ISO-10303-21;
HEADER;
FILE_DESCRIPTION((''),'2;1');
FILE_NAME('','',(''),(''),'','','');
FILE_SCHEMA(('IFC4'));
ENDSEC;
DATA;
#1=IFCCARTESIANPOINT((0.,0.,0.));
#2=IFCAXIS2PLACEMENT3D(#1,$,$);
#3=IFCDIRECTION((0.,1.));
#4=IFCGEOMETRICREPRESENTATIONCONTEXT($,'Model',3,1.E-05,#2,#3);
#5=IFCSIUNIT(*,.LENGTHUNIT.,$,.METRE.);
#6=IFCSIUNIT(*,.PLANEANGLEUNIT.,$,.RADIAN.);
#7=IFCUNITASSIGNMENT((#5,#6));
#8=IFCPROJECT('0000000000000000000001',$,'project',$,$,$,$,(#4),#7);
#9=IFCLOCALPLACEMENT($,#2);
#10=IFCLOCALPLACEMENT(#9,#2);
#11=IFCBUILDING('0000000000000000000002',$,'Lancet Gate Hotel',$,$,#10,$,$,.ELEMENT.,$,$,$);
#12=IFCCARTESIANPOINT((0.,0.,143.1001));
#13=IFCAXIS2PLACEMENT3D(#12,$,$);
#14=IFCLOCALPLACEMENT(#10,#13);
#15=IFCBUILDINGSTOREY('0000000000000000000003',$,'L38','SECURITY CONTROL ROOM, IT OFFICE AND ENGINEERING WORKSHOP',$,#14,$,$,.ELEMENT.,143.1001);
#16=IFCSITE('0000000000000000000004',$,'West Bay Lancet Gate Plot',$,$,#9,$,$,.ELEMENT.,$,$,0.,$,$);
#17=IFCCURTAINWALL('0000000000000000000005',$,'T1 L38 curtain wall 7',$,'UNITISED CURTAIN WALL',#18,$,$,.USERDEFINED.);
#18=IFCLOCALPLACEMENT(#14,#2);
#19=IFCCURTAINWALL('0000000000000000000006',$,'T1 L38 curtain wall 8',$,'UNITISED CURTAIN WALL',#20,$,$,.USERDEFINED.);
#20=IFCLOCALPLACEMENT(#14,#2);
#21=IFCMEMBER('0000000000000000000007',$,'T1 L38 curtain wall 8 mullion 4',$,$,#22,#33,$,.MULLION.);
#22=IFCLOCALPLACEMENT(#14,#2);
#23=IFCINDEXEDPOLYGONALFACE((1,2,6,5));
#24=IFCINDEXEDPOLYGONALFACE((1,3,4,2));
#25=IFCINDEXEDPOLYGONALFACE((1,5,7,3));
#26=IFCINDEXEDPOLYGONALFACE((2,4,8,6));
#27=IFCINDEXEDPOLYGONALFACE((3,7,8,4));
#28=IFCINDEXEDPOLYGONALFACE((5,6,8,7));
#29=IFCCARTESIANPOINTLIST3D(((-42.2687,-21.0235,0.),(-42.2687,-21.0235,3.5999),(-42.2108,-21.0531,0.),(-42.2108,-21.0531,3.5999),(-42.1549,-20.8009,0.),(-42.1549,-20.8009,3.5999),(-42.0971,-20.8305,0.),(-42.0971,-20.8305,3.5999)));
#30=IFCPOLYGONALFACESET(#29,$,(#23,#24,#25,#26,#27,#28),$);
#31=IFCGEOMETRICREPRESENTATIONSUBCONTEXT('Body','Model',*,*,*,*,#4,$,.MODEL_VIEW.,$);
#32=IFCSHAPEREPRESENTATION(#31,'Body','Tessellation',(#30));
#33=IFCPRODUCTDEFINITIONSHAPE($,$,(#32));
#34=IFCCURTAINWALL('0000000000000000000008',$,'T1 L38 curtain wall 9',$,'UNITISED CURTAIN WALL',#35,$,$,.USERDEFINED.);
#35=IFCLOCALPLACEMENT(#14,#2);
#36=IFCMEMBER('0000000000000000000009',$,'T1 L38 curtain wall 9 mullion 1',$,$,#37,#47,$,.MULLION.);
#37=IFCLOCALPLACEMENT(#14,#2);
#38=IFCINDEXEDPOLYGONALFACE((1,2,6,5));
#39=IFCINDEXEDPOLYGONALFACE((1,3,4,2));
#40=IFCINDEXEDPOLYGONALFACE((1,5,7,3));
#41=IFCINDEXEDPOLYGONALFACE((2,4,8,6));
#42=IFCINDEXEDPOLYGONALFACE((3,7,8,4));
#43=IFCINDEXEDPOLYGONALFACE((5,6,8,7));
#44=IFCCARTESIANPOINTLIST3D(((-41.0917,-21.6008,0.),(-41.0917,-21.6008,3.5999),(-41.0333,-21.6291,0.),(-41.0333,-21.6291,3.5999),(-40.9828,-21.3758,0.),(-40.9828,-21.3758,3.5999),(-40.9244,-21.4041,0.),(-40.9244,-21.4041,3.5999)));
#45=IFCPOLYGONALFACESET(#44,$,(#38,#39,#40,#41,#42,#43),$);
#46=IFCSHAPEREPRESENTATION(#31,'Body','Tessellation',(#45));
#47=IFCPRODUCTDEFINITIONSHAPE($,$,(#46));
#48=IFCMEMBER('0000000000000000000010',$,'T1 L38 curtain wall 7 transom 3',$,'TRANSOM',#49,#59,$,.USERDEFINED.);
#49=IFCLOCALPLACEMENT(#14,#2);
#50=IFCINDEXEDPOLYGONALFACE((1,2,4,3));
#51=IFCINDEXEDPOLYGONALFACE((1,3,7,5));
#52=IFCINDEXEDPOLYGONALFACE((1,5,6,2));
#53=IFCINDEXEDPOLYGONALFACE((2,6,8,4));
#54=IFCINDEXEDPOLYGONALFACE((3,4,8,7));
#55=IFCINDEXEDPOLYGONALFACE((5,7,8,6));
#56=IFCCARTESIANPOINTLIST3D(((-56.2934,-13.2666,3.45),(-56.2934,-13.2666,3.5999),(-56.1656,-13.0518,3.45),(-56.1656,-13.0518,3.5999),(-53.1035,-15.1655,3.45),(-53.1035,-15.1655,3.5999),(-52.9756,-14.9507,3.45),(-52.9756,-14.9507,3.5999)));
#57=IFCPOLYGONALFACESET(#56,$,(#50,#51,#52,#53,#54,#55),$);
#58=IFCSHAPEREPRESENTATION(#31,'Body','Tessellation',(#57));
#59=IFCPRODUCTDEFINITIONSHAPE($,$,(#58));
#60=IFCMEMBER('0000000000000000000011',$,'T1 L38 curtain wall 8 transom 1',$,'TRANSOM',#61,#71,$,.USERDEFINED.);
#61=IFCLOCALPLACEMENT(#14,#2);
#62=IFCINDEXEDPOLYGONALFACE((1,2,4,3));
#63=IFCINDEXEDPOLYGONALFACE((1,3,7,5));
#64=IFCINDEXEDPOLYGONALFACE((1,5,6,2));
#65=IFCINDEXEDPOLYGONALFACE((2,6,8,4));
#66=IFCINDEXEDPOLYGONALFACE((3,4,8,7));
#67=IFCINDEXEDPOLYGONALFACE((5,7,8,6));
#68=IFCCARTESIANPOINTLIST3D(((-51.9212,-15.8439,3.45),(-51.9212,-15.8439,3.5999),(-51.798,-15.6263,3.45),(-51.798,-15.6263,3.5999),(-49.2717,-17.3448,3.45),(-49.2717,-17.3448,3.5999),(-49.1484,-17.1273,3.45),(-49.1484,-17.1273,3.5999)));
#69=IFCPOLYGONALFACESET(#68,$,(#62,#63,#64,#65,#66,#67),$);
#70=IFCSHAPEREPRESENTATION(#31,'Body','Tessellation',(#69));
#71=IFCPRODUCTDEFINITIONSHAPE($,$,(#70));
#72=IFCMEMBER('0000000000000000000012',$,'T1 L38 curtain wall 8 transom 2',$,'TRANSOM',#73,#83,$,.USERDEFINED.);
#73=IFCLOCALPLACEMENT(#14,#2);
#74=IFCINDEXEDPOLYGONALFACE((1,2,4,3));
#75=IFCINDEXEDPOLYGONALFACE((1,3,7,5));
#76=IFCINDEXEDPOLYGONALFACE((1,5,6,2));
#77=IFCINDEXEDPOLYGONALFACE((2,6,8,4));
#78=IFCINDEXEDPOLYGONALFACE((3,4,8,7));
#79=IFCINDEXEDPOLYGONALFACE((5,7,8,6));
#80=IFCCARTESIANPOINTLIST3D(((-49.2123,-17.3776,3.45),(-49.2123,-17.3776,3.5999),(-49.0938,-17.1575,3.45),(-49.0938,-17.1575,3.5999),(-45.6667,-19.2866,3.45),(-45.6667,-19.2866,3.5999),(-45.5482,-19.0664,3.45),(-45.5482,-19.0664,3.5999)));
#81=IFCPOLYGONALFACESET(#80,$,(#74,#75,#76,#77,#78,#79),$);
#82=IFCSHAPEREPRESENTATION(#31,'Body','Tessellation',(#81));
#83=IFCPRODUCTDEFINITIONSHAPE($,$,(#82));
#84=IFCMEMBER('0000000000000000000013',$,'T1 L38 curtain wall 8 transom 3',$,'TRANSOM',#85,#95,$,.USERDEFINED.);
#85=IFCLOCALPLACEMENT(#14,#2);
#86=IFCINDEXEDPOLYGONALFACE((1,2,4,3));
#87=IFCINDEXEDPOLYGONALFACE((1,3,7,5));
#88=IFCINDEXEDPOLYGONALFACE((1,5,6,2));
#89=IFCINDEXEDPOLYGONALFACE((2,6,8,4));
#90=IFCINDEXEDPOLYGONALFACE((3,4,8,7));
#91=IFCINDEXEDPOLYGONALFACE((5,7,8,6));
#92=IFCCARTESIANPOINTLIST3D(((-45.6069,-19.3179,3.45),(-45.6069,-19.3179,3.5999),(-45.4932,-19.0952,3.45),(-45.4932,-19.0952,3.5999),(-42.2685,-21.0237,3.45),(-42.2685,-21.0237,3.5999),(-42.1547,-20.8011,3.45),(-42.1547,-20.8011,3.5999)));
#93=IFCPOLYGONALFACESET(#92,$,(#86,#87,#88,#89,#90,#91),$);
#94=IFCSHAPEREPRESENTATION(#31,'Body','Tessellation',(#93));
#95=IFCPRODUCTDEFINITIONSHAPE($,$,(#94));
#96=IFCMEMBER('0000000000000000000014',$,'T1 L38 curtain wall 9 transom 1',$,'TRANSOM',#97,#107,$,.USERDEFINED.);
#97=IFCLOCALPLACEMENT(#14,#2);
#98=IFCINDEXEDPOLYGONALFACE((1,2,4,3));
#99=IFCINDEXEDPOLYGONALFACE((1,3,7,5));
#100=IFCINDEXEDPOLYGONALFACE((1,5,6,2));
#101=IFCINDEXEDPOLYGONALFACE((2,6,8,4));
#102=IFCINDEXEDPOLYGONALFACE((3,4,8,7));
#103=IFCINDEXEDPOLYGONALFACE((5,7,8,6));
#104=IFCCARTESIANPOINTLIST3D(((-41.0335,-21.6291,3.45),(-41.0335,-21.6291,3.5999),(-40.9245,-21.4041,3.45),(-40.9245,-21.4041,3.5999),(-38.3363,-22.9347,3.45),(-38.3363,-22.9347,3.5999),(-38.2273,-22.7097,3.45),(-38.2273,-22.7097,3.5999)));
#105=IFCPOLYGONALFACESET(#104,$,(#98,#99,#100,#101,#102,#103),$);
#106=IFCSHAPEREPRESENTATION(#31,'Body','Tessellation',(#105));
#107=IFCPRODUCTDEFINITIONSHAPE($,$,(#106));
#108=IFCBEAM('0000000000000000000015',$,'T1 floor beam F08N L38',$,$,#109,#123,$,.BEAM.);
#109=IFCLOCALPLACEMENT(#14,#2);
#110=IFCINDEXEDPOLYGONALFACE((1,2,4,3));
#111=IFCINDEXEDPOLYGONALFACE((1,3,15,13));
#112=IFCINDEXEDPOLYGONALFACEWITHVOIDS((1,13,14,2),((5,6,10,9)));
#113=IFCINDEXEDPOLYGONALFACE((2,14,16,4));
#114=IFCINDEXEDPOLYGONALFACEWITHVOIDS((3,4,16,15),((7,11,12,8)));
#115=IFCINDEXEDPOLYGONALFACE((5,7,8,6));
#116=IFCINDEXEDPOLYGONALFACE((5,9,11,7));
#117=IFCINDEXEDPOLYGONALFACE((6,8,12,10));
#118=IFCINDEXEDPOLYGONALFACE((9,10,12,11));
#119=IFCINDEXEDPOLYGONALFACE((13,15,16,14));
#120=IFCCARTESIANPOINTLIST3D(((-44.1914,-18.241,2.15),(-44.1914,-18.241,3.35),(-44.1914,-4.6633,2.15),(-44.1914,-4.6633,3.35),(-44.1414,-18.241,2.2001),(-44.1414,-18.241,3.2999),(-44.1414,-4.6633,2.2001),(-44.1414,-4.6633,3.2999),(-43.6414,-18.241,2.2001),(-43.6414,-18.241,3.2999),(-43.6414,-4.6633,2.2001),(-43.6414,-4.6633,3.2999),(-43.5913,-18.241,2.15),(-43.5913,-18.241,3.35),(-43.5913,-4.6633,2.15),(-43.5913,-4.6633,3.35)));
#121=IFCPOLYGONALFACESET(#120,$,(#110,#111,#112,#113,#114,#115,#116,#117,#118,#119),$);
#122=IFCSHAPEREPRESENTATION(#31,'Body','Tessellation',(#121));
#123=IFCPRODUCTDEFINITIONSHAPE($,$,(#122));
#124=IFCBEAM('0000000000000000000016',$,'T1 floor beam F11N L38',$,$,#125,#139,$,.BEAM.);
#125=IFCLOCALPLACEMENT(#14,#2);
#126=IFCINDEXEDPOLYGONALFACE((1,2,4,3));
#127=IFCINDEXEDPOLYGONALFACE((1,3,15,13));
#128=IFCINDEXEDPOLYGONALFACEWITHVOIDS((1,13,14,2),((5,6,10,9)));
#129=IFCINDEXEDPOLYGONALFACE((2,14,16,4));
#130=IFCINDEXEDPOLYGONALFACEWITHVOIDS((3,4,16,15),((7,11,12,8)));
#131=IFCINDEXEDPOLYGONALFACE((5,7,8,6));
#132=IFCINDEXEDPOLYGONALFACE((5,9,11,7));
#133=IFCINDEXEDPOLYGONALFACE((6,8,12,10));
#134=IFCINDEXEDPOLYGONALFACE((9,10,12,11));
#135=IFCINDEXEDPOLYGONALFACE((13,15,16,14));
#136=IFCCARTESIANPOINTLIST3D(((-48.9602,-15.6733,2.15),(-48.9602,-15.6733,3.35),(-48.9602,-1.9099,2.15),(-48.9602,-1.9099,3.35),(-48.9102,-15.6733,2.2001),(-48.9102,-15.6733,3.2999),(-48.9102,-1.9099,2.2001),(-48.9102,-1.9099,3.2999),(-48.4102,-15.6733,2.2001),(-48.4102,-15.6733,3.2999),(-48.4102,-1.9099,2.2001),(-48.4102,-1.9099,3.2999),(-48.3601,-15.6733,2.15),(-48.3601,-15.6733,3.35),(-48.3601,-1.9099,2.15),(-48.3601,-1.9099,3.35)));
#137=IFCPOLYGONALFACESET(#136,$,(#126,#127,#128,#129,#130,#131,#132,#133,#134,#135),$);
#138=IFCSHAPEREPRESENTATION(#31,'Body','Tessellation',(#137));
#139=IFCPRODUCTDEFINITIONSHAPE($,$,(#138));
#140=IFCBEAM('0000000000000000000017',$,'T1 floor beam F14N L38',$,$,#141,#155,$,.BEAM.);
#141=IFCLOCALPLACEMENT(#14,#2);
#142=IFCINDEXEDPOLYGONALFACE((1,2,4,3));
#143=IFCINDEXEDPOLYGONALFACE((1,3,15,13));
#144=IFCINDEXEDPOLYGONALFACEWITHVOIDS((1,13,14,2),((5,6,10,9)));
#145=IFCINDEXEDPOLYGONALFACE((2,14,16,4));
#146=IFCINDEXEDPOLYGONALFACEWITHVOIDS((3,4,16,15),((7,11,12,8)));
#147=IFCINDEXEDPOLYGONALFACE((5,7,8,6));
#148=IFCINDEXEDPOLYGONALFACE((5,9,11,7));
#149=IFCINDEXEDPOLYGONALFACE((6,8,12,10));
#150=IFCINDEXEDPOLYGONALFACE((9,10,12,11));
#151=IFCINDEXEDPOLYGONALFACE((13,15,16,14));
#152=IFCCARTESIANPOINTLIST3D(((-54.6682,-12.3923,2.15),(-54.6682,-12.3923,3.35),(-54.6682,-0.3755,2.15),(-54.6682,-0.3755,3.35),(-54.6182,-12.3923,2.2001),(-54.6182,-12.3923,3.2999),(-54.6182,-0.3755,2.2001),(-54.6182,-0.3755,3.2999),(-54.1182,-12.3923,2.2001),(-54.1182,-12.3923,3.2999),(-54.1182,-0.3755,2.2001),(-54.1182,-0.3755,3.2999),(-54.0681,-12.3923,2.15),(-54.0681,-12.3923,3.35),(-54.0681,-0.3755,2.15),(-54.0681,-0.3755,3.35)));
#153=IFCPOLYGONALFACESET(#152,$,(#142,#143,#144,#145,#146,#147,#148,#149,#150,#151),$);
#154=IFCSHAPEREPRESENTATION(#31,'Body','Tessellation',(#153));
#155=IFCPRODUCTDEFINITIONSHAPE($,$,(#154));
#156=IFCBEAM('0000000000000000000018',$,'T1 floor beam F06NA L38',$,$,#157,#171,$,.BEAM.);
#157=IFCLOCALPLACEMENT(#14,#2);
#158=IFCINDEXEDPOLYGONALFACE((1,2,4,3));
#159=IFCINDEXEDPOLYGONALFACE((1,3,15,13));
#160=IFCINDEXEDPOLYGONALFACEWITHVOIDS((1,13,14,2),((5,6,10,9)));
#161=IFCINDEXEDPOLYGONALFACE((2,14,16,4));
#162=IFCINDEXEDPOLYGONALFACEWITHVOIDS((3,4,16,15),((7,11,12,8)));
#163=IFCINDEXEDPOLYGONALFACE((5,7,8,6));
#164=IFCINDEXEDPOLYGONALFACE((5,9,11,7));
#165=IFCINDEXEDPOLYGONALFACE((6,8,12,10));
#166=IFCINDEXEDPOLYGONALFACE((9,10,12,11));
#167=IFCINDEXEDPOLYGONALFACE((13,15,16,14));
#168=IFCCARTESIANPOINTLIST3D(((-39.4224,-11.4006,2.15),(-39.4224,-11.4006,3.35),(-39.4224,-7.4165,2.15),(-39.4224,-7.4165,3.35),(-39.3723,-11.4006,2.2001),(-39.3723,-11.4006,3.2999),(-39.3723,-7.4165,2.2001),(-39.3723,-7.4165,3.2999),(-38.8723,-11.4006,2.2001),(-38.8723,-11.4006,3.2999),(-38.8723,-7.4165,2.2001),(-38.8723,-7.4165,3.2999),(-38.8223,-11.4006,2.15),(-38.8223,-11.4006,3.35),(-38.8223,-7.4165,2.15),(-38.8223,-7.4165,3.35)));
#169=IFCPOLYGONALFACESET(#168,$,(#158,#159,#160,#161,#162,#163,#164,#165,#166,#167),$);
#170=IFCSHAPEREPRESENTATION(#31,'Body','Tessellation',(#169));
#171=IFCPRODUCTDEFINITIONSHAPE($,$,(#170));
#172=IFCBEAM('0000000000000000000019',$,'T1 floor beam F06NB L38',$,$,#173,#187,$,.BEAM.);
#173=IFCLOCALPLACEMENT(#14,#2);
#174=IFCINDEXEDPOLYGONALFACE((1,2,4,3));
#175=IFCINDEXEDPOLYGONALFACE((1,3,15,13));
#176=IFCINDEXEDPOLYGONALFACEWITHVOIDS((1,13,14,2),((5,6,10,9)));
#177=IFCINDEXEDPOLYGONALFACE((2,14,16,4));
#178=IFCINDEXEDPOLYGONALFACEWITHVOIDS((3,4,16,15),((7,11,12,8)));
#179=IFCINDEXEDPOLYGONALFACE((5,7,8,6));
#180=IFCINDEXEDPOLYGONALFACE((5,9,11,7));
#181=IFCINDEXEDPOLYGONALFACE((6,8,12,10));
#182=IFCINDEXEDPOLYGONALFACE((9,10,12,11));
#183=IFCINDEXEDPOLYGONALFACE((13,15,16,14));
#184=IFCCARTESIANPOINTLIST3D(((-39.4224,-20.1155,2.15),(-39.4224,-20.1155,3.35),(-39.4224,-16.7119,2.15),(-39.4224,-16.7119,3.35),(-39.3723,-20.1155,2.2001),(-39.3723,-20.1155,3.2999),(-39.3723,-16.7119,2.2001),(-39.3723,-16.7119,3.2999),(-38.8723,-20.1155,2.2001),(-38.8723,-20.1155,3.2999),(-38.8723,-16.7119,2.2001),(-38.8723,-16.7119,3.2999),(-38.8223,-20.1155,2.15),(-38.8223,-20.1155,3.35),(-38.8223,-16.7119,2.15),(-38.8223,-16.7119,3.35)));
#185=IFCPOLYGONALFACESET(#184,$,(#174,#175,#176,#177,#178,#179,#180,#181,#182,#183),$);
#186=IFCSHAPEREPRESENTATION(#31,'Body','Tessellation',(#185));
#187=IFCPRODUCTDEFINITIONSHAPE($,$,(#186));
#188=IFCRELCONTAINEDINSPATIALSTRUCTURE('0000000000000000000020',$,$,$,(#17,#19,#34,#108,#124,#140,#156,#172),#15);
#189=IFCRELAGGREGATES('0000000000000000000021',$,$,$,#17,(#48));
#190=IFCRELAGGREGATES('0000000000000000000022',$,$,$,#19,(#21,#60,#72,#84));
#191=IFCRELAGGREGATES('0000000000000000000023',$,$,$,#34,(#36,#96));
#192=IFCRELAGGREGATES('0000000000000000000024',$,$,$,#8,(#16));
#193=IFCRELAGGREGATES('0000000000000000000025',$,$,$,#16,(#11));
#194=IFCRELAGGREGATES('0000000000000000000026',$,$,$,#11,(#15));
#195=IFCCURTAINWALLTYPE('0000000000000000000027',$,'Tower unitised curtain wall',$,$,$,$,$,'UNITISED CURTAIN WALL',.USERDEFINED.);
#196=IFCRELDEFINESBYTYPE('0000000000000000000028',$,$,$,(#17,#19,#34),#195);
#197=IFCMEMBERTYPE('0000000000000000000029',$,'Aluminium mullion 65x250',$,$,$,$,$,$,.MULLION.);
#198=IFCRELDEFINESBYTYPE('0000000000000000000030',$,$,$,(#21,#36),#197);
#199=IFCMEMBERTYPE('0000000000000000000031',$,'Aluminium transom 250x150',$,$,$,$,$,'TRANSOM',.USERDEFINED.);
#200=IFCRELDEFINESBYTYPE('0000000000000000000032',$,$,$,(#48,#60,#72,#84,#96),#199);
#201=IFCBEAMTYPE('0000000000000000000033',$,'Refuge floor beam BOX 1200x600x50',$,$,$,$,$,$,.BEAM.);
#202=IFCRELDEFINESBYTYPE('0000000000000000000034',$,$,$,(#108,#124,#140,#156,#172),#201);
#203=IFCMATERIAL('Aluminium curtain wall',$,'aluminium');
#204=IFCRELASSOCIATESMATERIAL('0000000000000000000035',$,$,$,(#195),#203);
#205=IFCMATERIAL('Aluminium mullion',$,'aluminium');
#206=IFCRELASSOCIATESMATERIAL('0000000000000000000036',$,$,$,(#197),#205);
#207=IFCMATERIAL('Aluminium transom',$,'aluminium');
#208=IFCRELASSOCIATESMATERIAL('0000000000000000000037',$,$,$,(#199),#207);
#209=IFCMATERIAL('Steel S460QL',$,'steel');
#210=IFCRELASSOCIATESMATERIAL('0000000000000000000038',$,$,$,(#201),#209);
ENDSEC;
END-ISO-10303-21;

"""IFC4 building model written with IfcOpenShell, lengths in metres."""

from ifc_helpers import new_model, si_unit, direction, frame, origin, origin_2d, place, context, subcontext, project, spatial, rectangle, hollow_rectangle, extrude, material, material_profile, profile_set, type_object, element, aggregate, save


model = new_model("IFC4")

# Units and contexts
model_context = context("Model", 3, precision=1e-05, world=origin(), true_north=direction((0.0, 1.0)))
body_context = subcontext(model_context, "Body", "Model", "MODEL_VIEW")
ifc_project = project(units=[si_unit("LENGTHUNIT", "METRE"), si_unit("PLANEANGLEUNIT", "RADIAN")], contexts=[model_context])

# Site, building, storey
site_placement = place(None, origin())
site = spatial("IfcSite", under=ifc_project, at=site_placement, Name="West Bay Lancet Gate Plot", CompositionType="ELEMENT", RefElevation=0.0)
building_placement = place(site_placement, origin())
building = spatial("IfcBuilding", under=site, at=building_placement, Name="Lancet Gate Hotel", CompositionType="ELEMENT")
storey_placement = place(building_placement, frame((0.0, 0.0, 143.1001)))
storey = spatial("IfcBuildingStorey", under=building, at=storey_placement, Name="L38", Description="SECURITY CONTROL ROOM, IT OFFICE AND ENGINEERING WORKSHOP", CompositionType="ELEMENT", Elevation=143.1001)

# Curtain walls, member
ifc_material_1 = material(Name="Aluminium curtain wall", Category="aluminium")
curtain_wall_type = type_object("IfcCurtainWallType", Name="Tower unitised curtain wall", ElementType="UNITISED CURTAIN WALL", PredefinedType="USERDEFINED", material=ifc_material_1)
curtain_wall_1_placement = place(storey_placement, origin())
curtain_wall_1 = element("IfcCurtainWall", 1, at=curtain_wall_1_placement, inside=storey, type_object=curtain_wall_type, Name="T1 L38 curtain wall 7", ObjectType="UNITISED CURTAIN WALL", PredefinedType="USERDEFINED")
ifc_material_2 = material(Name="Aluminium mullion", Category="aluminium")
ifc_material_profile_1 = material_profile(ifc_material_2, rectangle(XDim=0.0649, YDim=0.25, at=origin_2d()), Name="MULLION 65x250")
ifc_profile_set_1 = profile_set([ifc_material_profile_1], Name="Aluminium mullion")
member_type_1 = type_object("IfcMemberType", Name="Aluminium mullion 65x250", PredefinedType="MULLION", material=ifc_profile_set_1)
curtain_wall_2_placement = place(storey_placement, origin())
curtain_wall_2 = element("IfcCurtainWall", 2, at=curtain_wall_2_placement, inside=storey, type_object=curtain_wall_type, Name="T1 L38 curtain wall 8", ObjectType="UNITISED CURTAIN WALL", PredefinedType="USERDEFINED")
member_1_placement = place(storey_placement, frame((-42.1829, -20.927, 0.0), z_axis=(0.0, 0.0, 1.0), x_axis=(0.890493, -0.454996, 0.0)))
member_1 = element("IfcMember", 3, at=member_1_placement, type_object=member_type_1, Name="T1 L38 curtain wall 8 mullion 4", PredefinedType="MULLION", context=body_context, shape_type="SweptSolid", body=[
    extrude(rectangle(XDim=0.0649, YDim=0.25, at=origin_2d()), origin(), (0.0, 0.0, 1.0), 3.5999),
])

# Curtain wall, member
curtain_wall_3_placement = place(storey_placement, origin())
curtain_wall_3 = element("IfcCurtainWall", 4, at=curtain_wall_3_placement, inside=storey, type_object=curtain_wall_type, Name="T1 L38 curtain wall 9", ObjectType="UNITISED CURTAIN WALL", PredefinedType="USERDEFINED")
member_2_placement = place(storey_placement, frame((-41.0081, -21.5024, 0.0), z_axis=(0.0, 0.0, 1.0), x_axis=(0.900082, -0.435721, 0.0)))
member_2 = element("IfcMember", 5, at=member_2_placement, type_object=member_type_1, Name="T1 L38 curtain wall 9 mullion 1", PredefinedType="MULLION", context=body_context, shape_type="SweptSolid", body=[
    extrude(rectangle(XDim=0.0649, YDim=0.25, at=origin_2d()), origin(), (0.0, 0.0, 1.0), 3.5999),
])

# Members
ifc_material_3 = material(Name="Aluminium transom", Category="aluminium")
ifc_material_profile_2 = material_profile(ifc_material_3, rectangle(XDim=0.25, YDim=0.1499, at=origin_2d()), Name="TRANSOM 250x150")
ifc_profile_set_2 = profile_set([ifc_material_profile_2], Name="Aluminium transom")
member_type_2 = type_object("IfcMemberType", Name="Aluminium transom 250x150", ElementType="TRANSOM", PredefinedType="USERDEFINED", material=ifc_profile_set_2)
member_3_placement = place(storey_placement, frame((-56.2295, -13.1592, 3.5249), z_axis=(0.859275, -0.511514, 0.0), x_axis=(0.511514, 0.859275, 0.0)))
member_3 = element("IfcMember", 6, at=member_3_placement, type_object=member_type_2, Name="T1 L38 curtain wall 7 transom 3", ObjectType="TRANSOM", PredefinedType="USERDEFINED", context=body_context, shape_type="SweptSolid", body=[
    extrude(rectangle(XDim=0.25, YDim=0.1499, at=origin_2d()), origin(), (0.0, 0.0, 1.0), 3.7124),
])
member_4_placement = place(storey_placement, frame((-51.8596, -15.7351, 3.5249), z_axis=(0.870092, -0.492889, 0.0), x_axis=(0.492889, 0.870092, 0.0)))
member_4 = element("IfcMember", 7, at=member_4_placement, type_object=member_type_2, Name="T1 L38 curtain wall 8 transom 1", ObjectType="TRANSOM", PredefinedType="USERDEFINED", context=body_context, shape_type="SweptSolid", body=[
    extrude(rectangle(XDim=0.25, YDim=0.1499, at=origin_2d()), origin(), (0.0, 0.0, 1.0), 3.0452),
])
member_5_placement = place(storey_placement, frame((-49.1531, -17.2676, 3.5249), z_axis=(0.880498, -0.474049, 0.0), x_axis=(0.474049, 0.880498, 0.0)))
member_5 = element("IfcMember", 8, at=member_5_placement, type_object=member_type_2, Name="T1 L38 curtain wall 8 transom 2", ObjectType="TRANSOM", PredefinedType="USERDEFINED", context=body_context, shape_type="SweptSolid", body=[
    extrude(rectangle(XDim=0.25, YDim=0.1499, at=origin_2d()), origin(), (0.0, 0.0, 1.0), 4.0269),
])
member_6_placement = place(storey_placement, frame((-45.55, -19.2065, 3.5249), z_axis=(0.890486, -0.455011, 0.0), x_axis=(0.455011, 0.890486, 0.0)))
member_6 = element("IfcMember", 9, at=member_6_placement, type_object=member_type_2, Name="T1 L38 curtain wall 8 transom 3", ObjectType="TRANSOM", PredefinedType="USERDEFINED", context=body_context, shape_type="SweptSolid", body=[
    extrude(rectangle(XDim=0.25, YDim=0.1499, at=origin_2d()), origin(), (0.0, 0.0, 1.0), 3.749),
])
member_7_placement = place(storey_placement, frame((-40.979, -21.5166, 3.5249), z_axis=(0.900089, -0.435706, 0.0), x_axis=(0.435706, 0.900089, 0.0)))
member_7 = element("IfcMember", 10, at=member_7_placement, type_object=member_type_2, Name="T1 L38 curtain wall 9 transom 1", ObjectType="TRANSOM", PredefinedType="USERDEFINED", context=body_context, shape_type="SweptSolid", body=[
    extrude(rectangle(XDim=0.25, YDim=0.1499, at=origin_2d()), origin(), (0.0, 0.0, 1.0), 2.9966),
])

# Beams
ifc_material_4 = material(Name="Steel S460QL", Category="steel")
ifc_material_profile_3 = material_profile(ifc_material_4, hollow_rectangle(XDim=0.6001, YDim=1.2, WallThickness=0.05, at=origin_2d()), Name="BOX 1200x600x50")
ifc_profile_set_3 = profile_set([ifc_material_profile_3], Name="Steel S460QL")
beam_type = type_object("IfcBeamType", Name="Refuge floor beam BOX 1200x600x50", PredefinedType="BEAM", material=ifc_profile_set_3)
beam_1_placement = place(storey_placement, frame((-43.8914, -4.6633, 2.75), z_axis=(0.0, -1.0, 0.0), x_axis=(1.0, 0.0, 0.0)))
element("IfcBeam", 11, at=beam_1_placement, inside=storey, type_object=beam_type, Name="T1 floor beam F08N L38", PredefinedType="BEAM", context=body_context, shape_type="SweptSolid", body=[
    extrude(hollow_rectangle(XDim=0.6001, YDim=1.2, WallThickness=0.05, at=origin_2d()), origin(), (0.0, 0.0, 1.0), 13.5776),
])
beam_2_placement = place(storey_placement, frame((-48.6602, -1.9099, 2.75), z_axis=(0.0, -1.0, 0.0), x_axis=(1.0, 0.0, 0.0)))
element("IfcBeam", 12, at=beam_2_placement, inside=storey, type_object=beam_type, Name="T1 floor beam F11N L38", PredefinedType="BEAM", context=body_context, shape_type="SweptSolid", body=[
    extrude(hollow_rectangle(XDim=0.6001, YDim=1.2, WallThickness=0.05, at=origin_2d()), origin(), (0.0, 0.0, 1.0), 13.7634),
])
beam_3_placement = place(storey_placement, frame((-54.3682, -0.3755, 2.75), z_axis=(0.0, -1.0, 0.0), x_axis=(1.0, 0.0, 0.0)))
element("IfcBeam", 13, at=beam_3_placement, inside=storey, type_object=beam_type, Name="T1 floor beam F14N L38", PredefinedType="BEAM", context=body_context, shape_type="SweptSolid", body=[
    extrude(hollow_rectangle(XDim=0.6001, YDim=1.2, WallThickness=0.05, at=origin_2d()), origin(), (0.0, 0.0, 1.0), 12.0168),
])
beam_4_placement = place(storey_placement, frame((-39.1223, -7.4165, 2.75), z_axis=(0.0, -1.0, 0.0), x_axis=(1.0, 0.0, 0.0)))
element("IfcBeam", 14, at=beam_4_placement, inside=storey, type_object=beam_type, Name="T1 floor beam F06NA L38", PredefinedType="BEAM", context=body_context, shape_type="SweptSolid", body=[
    extrude(hollow_rectangle(XDim=0.6001, YDim=1.2, WallThickness=0.05, at=origin_2d()), origin(), (0.0, 0.0, 1.0), 3.9841),
])
beam_5_placement = place(storey_placement, frame((-39.1223, -16.7119, 2.75), z_axis=(0.0, -1.0, 0.0), x_axis=(1.0, 0.0, 0.0)))
element("IfcBeam", 15, at=beam_5_placement, inside=storey, type_object=beam_type, Name="T1 floor beam F06NB L38", PredefinedType="BEAM", context=body_context, shape_type="SweptSolid", body=[
    extrude(hollow_rectangle(XDim=0.6001, YDim=1.2, WallThickness=0.05, at=origin_2d()), origin(), (0.0, 0.0, 1.0), 3.4036),
])

aggregate(curtain_wall_1, [member_3])
aggregate(curtain_wall_2, [member_1, member_4, member_5, member_6])
aggregate(curtain_wall_3, [member_2, member_7])

save(model, "model.ifc")
